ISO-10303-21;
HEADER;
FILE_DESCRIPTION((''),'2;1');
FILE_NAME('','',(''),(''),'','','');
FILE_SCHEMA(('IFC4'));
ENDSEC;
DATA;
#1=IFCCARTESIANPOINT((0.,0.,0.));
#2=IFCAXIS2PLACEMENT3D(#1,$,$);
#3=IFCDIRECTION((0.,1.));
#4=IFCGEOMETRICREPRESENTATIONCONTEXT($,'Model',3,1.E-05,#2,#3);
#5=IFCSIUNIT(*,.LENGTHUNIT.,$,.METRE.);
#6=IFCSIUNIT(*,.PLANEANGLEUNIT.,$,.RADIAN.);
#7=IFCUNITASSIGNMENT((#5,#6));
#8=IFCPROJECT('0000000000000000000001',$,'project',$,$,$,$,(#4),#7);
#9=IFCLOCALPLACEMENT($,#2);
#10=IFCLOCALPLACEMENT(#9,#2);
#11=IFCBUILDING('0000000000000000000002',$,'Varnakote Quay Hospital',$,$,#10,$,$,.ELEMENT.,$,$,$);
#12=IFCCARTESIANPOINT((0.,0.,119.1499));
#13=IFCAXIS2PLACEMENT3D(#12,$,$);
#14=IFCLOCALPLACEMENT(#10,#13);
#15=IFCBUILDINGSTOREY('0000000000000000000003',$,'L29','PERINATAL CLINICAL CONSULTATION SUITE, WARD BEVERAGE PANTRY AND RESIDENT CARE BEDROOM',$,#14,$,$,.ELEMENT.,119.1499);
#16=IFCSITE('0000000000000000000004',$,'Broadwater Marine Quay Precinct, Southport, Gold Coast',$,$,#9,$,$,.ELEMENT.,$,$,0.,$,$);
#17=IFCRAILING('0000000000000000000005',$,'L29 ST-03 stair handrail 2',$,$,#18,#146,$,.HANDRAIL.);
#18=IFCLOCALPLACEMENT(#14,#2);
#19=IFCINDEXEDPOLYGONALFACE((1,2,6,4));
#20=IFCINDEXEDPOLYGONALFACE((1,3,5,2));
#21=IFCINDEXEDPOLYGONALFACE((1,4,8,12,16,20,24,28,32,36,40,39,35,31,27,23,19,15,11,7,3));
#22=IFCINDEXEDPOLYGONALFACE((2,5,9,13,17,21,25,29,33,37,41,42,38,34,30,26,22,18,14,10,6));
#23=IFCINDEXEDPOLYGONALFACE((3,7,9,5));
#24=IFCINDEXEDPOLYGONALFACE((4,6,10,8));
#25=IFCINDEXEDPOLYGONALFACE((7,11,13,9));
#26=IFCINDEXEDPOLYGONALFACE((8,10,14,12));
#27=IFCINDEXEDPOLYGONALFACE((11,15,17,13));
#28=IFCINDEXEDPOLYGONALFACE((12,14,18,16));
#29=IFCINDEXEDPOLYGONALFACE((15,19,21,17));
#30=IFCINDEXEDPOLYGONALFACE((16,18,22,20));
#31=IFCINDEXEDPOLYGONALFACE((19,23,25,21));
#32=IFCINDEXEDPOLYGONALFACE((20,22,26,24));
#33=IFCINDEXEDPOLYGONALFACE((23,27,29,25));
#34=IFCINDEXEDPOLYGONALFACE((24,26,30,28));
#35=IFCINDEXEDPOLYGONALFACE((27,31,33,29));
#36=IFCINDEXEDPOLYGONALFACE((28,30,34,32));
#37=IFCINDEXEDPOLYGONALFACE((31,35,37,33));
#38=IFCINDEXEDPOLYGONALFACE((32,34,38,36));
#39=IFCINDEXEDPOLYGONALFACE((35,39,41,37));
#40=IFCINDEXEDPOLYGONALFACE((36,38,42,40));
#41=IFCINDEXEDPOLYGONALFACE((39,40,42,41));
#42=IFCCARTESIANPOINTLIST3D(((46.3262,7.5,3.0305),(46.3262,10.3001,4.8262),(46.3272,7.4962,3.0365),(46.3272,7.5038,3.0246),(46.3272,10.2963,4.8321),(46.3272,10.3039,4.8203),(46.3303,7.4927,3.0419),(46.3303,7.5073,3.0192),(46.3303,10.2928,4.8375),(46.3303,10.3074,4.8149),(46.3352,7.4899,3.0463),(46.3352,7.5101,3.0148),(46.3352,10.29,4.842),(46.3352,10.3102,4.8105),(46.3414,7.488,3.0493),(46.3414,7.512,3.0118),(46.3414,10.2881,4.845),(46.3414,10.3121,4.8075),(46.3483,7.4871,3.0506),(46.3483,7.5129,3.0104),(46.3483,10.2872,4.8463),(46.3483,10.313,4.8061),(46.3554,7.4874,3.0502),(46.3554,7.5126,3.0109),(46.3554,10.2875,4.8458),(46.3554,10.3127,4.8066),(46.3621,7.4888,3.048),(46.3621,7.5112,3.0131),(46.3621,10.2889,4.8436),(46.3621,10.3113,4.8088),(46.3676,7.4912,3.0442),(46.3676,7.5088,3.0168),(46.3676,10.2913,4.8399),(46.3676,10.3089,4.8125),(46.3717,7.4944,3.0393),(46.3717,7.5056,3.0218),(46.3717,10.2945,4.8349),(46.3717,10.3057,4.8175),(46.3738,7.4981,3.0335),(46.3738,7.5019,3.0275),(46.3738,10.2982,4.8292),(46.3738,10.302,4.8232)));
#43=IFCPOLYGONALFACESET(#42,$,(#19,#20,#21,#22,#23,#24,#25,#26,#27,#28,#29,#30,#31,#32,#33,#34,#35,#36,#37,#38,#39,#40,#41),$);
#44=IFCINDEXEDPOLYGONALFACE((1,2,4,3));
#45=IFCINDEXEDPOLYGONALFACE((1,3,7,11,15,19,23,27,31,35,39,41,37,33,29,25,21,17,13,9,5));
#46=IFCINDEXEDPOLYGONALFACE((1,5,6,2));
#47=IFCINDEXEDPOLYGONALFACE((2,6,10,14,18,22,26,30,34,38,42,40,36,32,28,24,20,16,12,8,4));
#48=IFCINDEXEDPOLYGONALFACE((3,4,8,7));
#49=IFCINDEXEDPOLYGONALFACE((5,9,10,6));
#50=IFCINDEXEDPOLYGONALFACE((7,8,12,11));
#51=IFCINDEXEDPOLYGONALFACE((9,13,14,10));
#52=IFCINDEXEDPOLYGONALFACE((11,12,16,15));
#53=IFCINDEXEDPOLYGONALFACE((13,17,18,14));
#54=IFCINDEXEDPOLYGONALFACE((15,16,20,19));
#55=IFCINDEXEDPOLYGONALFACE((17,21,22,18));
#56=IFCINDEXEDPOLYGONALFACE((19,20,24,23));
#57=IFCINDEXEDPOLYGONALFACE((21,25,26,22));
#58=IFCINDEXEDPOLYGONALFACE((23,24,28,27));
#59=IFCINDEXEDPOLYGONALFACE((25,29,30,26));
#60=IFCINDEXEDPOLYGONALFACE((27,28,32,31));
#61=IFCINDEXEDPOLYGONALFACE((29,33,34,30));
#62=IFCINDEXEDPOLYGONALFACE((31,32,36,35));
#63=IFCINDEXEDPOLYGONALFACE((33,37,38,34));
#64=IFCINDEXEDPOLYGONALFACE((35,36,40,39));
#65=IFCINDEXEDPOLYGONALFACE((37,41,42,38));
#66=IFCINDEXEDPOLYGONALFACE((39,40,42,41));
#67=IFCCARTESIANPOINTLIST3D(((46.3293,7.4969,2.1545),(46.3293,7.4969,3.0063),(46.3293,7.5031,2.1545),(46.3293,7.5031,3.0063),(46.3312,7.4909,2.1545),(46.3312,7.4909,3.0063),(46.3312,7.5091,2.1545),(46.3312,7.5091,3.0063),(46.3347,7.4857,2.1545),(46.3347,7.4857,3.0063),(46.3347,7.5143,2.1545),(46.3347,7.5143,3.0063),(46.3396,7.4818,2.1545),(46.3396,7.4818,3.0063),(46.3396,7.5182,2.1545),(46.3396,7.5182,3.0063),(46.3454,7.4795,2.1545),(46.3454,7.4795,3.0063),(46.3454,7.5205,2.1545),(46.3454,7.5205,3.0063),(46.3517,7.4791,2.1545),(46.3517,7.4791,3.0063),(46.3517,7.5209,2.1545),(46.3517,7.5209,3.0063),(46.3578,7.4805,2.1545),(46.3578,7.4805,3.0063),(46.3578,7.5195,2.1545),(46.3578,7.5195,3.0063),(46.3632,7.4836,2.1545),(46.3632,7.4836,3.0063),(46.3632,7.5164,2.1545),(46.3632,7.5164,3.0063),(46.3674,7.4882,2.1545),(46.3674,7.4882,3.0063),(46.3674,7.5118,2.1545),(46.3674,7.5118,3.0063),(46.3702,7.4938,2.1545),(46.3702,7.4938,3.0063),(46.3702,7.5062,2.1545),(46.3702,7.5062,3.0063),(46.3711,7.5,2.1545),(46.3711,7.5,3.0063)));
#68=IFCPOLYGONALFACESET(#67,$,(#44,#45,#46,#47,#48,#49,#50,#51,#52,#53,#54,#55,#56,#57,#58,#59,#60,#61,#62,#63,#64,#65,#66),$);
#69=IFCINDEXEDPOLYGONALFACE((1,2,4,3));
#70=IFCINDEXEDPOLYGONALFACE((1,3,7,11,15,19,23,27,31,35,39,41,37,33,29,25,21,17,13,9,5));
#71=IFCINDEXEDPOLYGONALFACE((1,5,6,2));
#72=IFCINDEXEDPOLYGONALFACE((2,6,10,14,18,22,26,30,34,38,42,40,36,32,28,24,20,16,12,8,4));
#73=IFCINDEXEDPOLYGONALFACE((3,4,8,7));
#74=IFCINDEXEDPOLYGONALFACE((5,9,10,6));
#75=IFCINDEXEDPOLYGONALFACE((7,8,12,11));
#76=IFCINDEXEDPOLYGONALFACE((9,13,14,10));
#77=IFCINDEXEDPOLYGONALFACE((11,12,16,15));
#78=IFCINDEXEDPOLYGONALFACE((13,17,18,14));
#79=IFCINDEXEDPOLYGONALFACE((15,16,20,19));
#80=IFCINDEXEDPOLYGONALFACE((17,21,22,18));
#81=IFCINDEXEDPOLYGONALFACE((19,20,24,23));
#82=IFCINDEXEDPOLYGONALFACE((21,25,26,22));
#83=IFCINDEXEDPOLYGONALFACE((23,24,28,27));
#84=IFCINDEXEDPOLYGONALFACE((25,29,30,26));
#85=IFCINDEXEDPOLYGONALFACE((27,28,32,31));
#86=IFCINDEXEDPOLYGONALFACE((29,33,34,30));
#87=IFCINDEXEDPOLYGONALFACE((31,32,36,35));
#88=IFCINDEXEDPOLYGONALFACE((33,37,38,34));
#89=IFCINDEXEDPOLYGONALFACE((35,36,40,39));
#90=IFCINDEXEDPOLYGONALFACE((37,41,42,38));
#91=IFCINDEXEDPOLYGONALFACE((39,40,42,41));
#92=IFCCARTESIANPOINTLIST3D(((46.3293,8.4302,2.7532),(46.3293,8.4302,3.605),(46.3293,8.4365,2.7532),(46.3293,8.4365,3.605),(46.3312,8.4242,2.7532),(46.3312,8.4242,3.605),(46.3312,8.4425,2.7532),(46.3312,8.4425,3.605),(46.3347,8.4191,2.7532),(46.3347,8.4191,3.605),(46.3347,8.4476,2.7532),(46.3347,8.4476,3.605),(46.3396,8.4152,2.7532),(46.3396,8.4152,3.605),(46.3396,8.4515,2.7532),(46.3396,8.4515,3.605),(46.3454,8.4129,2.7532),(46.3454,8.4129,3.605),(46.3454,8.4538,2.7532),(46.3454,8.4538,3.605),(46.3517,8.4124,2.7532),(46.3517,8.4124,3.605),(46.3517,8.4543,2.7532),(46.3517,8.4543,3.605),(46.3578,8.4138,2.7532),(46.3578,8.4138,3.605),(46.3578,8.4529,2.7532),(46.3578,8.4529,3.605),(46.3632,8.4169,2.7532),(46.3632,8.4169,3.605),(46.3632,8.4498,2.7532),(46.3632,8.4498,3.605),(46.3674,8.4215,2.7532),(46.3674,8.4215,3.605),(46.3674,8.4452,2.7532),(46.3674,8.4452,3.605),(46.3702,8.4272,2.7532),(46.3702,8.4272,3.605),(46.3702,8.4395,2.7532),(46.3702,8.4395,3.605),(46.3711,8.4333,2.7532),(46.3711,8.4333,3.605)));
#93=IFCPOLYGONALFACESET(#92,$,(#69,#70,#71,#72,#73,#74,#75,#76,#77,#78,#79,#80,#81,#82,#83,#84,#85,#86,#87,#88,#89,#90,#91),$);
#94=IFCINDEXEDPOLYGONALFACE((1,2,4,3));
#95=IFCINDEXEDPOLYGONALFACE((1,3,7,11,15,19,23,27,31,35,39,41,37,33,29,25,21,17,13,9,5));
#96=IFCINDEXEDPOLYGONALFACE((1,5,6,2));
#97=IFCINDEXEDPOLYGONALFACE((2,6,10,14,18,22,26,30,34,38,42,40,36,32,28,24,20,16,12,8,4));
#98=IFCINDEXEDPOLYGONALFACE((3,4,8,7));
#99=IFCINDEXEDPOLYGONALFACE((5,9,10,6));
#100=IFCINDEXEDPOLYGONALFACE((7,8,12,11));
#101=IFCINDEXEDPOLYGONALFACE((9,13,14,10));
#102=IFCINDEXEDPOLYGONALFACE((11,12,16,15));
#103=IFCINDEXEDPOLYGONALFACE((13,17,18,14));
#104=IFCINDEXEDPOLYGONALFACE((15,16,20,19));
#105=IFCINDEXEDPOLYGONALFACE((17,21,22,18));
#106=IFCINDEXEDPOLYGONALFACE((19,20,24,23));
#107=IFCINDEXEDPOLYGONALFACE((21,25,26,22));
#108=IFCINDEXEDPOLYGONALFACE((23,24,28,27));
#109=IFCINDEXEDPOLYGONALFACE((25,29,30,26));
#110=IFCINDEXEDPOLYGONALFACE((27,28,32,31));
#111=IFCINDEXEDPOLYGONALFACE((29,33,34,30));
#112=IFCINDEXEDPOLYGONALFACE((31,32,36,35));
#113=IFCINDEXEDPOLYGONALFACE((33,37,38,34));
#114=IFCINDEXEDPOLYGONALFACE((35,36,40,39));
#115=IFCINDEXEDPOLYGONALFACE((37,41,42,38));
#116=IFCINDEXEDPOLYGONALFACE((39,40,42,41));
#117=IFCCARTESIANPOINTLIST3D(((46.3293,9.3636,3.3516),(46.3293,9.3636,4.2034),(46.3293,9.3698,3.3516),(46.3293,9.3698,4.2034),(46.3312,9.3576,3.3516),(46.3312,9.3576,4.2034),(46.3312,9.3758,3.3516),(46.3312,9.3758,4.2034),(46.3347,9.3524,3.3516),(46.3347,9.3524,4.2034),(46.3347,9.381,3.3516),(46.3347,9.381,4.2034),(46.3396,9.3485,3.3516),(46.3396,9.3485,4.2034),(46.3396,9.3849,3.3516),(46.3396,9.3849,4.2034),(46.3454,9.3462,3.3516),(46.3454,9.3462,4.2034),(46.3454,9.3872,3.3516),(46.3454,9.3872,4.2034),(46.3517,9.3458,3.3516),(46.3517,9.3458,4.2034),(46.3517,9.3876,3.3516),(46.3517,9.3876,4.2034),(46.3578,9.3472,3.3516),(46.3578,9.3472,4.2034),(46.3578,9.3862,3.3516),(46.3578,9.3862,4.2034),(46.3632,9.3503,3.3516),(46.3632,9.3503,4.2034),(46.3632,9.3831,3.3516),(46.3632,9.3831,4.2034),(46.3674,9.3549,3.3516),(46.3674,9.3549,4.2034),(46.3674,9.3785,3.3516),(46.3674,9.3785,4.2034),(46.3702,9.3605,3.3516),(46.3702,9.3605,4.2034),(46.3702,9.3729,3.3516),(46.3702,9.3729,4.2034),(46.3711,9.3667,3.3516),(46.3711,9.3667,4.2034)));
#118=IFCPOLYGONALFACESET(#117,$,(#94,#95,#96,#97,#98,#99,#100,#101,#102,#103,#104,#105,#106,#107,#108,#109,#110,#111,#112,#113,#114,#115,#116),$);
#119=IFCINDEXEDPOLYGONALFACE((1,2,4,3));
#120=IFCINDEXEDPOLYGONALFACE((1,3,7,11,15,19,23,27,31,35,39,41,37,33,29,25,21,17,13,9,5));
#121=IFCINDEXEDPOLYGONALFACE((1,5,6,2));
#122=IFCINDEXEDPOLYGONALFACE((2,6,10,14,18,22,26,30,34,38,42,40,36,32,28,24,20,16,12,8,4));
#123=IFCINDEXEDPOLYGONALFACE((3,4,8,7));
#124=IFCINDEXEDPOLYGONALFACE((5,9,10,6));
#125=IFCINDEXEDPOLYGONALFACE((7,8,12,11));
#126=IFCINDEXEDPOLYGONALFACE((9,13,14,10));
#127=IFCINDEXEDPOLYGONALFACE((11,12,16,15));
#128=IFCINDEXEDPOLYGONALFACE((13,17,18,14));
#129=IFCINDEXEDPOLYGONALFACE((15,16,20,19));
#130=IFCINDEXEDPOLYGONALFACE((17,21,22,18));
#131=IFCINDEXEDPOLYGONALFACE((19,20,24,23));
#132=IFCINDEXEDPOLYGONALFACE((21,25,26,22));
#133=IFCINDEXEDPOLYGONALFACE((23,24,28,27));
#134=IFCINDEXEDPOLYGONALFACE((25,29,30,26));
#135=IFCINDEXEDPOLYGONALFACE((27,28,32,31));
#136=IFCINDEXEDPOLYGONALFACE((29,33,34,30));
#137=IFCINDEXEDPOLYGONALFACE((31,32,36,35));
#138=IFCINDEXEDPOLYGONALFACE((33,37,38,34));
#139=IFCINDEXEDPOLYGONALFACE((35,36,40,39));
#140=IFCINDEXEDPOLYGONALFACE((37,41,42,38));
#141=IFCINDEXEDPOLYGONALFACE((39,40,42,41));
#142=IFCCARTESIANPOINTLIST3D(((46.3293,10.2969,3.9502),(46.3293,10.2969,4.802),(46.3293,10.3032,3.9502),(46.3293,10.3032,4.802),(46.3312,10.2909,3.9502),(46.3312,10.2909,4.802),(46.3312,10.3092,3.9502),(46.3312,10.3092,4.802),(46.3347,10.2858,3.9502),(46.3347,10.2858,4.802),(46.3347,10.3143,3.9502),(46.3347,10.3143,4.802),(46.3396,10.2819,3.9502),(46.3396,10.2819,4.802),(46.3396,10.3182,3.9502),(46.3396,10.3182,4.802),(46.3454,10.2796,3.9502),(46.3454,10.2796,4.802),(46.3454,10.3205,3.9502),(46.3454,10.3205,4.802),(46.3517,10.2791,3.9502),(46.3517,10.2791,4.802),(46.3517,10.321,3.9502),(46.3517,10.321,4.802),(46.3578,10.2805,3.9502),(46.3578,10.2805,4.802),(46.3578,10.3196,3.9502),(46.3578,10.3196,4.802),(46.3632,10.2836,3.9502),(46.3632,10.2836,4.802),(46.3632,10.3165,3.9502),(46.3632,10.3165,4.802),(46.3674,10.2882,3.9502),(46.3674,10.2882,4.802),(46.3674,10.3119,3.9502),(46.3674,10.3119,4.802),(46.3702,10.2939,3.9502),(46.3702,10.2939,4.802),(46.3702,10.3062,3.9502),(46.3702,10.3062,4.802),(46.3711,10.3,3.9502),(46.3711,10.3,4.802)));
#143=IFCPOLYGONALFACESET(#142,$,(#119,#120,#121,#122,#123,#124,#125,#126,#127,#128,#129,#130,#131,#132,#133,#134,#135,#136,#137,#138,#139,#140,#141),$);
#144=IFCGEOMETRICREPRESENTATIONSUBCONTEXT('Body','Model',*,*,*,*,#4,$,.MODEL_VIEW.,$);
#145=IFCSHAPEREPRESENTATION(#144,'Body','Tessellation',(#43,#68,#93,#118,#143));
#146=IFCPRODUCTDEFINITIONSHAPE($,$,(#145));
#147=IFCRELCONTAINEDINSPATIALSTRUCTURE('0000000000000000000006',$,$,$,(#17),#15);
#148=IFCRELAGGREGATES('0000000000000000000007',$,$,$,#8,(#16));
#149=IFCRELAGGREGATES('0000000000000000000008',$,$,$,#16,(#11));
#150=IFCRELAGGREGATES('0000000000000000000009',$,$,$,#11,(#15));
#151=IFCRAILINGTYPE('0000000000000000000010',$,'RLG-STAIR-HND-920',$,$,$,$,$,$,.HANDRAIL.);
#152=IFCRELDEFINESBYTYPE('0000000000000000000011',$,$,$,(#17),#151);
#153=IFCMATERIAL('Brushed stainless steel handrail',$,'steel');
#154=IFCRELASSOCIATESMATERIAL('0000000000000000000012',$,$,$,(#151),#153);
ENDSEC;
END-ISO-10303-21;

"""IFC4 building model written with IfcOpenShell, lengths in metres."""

from ifc_helpers import new_model, si_unit, direction, frame, origin, origin_2d, place, context, subcontext, project, spatial, circle, extrude, material, type_object, element, save


model = new_model("IFC4")

# Units and contexts
model_context = context("Model", 3, precision=1e-05, world=origin(), true_north=direction((0.0, 1.0)))
body_context = subcontext(model_context, "Body", "Model", "MODEL_VIEW")
ifc_project = project(units=[si_unit("LENGTHUNIT", "METRE"), si_unit("PLANEANGLEUNIT", "RADIAN")], contexts=[model_context])

# Site, building, storey
site_placement = place(None, origin())
site = spatial("IfcSite", under=ifc_project, at=site_placement, Name="Broadwater Marine Quay Precinct, Southport, Gold Coast", CompositionType="ELEMENT", RefElevation=0.0)
building_placement = place(site_placement, origin())
building = spatial("IfcBuilding", under=site, at=building_placement, Name="Varnakote Quay Hospital", CompositionType="ELEMENT")
storey_placement = place(building_placement, frame((0.0, 0.0, 119.1499)))
storey = spatial("IfcBuildingStorey", under=building, at=storey_placement, Name="L29", Description="PERINATAL CLINICAL CONSULTATION SUITE, WARD BEVERAGE PANTRY AND RESIDENT CARE BEDROOM", CompositionType="ELEMENT", Elevation=119.1499)

# Railing
ifc_material_1 = material(Name="Brushed stainless steel handrail", Category="steel")
railing_type_1 = type_object("IfcRailingType", Name="RLG-STAIR-HND-920", PredefinedType="HANDRAIL", material=ifc_material_1)
railing_1_placement = place(storey_placement, frame((46.3501, 7.5, 2.1545)))
element("IfcRailing", 1, at=railing_1_placement, inside=storey, type_object=railing_type_1, Name="L29 ST-03 stair handrail 2", PredefinedType="HANDRAIL", context=body_context, shape_type="SweptSolid", body=[
    extrude(circle(Radius=0.0239, at=origin_2d()), frame((0.0, 0.0, 0.876), z_axis=(0.0, 0.841777, 0.539826), x_axis=(-1.0, 0.0, 0.0)), (0.0, 0.0, 1.0), 3.3264),
    extrude(circle(Radius=0.021, at=origin_2d()), origin(), (0.0, 0.0, 1.0), 0.8518),
    extrude(circle(Radius=0.021, at=origin_2d()), frame((0.0, 0.9333, 0.5986)), (0.0, 0.0, 1.0), 0.8518),
    extrude(circle(Radius=0.021, at=origin_2d()), frame((0.0, 1.8667, 1.197)), (0.0, 0.0, 1.0), 0.8518),
    extrude(circle(Radius=0.021, at=origin_2d()), frame((0.0, 2.8, 1.7957)), (0.0, 0.0, 1.0), 0.8518),
])

save(model, "model.ifc")
